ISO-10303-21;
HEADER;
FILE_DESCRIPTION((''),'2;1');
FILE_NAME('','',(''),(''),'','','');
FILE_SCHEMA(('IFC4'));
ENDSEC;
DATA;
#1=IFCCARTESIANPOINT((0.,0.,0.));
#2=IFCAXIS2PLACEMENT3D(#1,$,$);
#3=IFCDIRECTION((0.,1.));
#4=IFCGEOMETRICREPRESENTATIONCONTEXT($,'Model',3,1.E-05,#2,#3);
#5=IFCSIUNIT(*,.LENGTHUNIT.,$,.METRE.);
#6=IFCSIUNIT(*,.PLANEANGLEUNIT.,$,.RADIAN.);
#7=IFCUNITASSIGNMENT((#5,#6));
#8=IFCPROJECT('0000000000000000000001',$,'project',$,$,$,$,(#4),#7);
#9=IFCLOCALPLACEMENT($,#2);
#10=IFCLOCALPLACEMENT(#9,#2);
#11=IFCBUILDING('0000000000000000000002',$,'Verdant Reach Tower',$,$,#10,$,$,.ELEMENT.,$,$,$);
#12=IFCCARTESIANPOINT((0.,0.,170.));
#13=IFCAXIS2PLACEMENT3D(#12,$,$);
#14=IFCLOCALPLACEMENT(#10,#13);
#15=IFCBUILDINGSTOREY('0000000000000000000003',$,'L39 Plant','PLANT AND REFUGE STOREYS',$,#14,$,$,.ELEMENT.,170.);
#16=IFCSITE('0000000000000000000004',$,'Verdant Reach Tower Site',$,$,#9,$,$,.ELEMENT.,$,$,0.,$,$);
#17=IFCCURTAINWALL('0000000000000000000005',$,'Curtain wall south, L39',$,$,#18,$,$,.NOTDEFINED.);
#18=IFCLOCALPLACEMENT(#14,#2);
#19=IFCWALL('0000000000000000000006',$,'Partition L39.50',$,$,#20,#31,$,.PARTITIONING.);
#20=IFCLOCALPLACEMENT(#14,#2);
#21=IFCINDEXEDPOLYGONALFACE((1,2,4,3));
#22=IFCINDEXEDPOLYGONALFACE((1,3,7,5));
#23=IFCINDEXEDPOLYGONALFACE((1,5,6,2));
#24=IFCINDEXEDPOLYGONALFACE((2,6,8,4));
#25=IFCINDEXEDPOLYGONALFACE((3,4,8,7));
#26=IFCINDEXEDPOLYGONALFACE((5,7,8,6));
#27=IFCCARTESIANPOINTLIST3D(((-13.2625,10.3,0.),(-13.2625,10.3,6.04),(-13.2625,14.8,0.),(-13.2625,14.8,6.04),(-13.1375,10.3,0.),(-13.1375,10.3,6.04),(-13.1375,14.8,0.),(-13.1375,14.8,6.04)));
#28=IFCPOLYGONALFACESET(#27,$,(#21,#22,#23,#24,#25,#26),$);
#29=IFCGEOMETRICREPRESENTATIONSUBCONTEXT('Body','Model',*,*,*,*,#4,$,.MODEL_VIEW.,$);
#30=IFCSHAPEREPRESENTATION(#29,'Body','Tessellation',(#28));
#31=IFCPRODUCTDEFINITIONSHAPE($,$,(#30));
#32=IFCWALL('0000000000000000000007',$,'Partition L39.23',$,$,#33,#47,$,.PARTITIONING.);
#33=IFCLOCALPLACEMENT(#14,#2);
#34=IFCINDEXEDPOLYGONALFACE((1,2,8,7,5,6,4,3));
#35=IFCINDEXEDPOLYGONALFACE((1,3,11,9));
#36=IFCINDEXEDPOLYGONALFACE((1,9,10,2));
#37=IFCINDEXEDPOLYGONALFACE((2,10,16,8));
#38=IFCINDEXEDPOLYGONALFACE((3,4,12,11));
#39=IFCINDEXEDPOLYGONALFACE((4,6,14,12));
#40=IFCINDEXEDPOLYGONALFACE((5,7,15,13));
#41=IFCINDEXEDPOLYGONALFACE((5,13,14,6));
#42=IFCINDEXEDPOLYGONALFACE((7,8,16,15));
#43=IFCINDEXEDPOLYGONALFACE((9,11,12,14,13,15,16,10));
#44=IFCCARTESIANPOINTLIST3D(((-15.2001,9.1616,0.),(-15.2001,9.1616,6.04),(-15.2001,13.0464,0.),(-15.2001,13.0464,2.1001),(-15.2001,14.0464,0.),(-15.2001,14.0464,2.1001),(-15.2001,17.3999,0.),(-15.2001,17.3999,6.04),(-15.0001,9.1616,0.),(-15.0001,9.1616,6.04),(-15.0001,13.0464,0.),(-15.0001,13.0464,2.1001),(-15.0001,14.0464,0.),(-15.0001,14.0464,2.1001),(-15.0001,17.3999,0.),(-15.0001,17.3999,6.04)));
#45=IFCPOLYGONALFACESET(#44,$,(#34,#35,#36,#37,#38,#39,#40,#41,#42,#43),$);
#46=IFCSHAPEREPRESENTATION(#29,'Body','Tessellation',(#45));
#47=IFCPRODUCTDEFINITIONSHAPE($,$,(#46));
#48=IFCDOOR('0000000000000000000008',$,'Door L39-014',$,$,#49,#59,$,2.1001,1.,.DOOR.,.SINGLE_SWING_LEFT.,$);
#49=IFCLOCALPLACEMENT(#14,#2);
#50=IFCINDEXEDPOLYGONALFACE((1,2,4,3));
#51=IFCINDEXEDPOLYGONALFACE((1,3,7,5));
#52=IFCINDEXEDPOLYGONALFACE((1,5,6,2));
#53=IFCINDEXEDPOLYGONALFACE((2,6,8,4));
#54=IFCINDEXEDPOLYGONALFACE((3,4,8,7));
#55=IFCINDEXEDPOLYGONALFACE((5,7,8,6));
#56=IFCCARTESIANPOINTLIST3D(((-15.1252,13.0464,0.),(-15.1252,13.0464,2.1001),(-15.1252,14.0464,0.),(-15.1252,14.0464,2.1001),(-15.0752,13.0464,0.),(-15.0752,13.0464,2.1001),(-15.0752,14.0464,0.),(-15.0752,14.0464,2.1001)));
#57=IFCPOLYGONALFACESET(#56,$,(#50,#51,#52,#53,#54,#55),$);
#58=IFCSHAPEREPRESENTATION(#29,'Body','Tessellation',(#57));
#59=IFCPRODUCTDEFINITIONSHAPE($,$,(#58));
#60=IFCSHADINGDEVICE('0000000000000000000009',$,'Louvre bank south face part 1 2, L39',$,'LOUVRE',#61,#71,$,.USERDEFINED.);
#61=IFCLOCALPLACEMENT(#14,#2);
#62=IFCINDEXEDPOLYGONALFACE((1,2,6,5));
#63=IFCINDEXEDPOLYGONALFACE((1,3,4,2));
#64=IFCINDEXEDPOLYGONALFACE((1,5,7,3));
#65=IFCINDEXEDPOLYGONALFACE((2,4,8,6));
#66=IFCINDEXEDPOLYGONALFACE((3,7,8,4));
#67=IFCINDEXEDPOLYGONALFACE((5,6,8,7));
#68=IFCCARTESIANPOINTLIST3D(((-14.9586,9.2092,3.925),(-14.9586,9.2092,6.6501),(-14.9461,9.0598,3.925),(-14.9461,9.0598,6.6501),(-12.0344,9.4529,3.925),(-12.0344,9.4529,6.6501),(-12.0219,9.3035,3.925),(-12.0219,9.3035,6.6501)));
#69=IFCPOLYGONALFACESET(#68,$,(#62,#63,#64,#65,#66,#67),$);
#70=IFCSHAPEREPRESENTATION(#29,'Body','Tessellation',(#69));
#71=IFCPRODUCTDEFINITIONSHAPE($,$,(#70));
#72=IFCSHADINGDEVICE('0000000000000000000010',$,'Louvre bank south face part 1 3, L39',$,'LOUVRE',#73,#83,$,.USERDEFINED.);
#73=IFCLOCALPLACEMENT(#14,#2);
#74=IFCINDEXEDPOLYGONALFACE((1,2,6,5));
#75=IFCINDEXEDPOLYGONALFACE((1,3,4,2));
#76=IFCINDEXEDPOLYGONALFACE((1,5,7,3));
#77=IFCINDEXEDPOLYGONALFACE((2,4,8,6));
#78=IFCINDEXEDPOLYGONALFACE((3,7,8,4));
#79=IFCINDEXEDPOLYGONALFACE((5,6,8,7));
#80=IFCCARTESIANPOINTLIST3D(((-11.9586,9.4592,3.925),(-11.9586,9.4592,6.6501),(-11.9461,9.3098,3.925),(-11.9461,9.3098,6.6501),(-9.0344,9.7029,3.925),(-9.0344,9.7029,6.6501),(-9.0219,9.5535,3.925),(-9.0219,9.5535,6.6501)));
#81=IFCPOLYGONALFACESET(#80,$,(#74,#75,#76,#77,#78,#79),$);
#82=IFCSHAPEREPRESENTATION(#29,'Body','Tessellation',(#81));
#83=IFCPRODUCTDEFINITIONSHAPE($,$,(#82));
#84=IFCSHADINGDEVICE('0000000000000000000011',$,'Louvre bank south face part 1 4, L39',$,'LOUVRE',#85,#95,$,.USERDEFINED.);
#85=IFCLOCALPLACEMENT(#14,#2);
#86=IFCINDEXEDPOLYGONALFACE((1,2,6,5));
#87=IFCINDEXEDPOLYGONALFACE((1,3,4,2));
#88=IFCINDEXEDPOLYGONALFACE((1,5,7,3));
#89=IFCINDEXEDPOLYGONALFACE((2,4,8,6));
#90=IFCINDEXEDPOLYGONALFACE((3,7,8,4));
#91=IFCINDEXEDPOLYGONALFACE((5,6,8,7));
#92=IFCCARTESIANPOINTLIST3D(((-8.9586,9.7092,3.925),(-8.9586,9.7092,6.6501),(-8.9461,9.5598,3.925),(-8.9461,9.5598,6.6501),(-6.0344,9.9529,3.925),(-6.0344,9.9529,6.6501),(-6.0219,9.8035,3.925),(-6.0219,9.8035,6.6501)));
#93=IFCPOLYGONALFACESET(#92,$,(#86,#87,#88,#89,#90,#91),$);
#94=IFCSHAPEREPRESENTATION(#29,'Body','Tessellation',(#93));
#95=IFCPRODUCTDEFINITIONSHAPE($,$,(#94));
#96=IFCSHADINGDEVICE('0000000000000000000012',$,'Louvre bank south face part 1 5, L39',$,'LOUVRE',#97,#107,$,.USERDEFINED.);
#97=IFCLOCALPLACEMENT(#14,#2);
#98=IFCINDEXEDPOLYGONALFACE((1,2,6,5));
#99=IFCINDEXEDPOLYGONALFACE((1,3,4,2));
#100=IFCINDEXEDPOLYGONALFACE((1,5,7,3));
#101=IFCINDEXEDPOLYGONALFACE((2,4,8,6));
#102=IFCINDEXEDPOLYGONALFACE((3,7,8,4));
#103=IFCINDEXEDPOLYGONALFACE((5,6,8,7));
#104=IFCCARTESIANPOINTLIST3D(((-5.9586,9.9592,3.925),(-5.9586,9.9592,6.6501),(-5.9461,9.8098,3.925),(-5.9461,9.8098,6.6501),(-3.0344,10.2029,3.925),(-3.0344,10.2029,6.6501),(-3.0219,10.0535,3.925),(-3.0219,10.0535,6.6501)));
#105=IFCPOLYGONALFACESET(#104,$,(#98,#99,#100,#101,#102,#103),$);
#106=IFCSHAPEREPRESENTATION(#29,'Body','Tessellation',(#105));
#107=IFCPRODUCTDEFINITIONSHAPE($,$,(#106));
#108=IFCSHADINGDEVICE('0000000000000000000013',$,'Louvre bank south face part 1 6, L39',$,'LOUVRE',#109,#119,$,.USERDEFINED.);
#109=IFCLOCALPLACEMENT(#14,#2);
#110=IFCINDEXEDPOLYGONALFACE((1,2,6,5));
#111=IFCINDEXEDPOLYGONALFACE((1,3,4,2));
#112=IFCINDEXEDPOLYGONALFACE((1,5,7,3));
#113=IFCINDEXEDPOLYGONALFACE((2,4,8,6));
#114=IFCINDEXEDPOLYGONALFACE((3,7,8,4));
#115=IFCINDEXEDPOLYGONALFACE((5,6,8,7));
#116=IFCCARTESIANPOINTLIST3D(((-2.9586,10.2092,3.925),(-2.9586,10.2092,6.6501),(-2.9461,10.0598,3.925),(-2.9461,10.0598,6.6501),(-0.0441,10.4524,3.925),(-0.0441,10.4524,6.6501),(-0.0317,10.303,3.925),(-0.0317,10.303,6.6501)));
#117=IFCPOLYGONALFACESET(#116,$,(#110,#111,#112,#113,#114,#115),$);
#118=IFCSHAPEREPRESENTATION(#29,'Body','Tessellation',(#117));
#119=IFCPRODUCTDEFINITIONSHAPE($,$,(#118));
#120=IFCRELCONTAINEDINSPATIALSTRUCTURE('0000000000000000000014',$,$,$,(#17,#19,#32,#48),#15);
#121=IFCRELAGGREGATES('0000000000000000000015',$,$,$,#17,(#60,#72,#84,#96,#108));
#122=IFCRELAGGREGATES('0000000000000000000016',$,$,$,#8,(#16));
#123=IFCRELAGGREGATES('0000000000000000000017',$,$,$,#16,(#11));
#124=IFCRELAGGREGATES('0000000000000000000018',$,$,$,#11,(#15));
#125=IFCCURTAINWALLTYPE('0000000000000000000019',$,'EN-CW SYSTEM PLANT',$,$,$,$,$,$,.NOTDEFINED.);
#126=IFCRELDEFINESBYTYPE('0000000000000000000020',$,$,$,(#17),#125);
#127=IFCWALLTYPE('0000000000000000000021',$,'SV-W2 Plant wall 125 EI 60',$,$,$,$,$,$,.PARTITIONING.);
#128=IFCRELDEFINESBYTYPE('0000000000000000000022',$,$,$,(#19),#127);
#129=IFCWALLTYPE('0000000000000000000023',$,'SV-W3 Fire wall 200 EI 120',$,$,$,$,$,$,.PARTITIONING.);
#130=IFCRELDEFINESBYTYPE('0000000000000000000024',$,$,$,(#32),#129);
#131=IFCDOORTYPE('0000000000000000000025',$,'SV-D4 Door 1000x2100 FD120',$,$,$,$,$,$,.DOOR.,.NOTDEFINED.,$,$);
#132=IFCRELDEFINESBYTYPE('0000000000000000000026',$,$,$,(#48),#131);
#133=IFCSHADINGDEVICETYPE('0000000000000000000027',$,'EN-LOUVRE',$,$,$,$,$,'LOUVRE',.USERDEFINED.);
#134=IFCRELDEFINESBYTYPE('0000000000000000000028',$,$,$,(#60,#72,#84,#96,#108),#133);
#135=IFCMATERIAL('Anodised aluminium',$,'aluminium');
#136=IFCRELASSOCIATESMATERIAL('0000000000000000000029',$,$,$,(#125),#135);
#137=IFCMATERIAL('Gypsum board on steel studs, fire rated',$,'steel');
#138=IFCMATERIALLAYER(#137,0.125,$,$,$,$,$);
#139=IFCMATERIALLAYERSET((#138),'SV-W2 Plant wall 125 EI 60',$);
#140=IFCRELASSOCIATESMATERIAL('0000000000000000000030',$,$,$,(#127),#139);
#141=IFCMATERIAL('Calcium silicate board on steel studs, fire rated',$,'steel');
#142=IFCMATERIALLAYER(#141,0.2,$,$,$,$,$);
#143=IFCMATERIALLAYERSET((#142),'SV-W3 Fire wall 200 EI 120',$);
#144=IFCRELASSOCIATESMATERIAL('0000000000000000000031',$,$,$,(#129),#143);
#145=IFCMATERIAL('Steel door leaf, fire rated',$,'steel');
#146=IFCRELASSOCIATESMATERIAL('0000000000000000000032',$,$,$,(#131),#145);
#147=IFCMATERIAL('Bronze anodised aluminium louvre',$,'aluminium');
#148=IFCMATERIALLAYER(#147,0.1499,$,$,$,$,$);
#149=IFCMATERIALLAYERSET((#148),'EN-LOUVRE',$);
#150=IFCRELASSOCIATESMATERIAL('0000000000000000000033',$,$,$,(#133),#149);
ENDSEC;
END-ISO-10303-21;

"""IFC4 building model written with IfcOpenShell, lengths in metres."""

from ifc_helpers import new_model, si_unit, direction, frame, frame_2d, origin, origin_2d, place, context, subcontext, project, spatial, rectangle, extrude, material, layer, layer_set, type_object, element, fill, aggregate, save


model = new_model("IFC4")

# Units and contexts
model_context = context("Model", 3, precision=1e-05, world=origin(), true_north=direction((0.0, 1.0)))
body_context = subcontext(model_context, "Body", "Model", "MODEL_VIEW")
ifc_project = project(units=[si_unit("LENGTHUNIT", "METRE"), si_unit("PLANEANGLEUNIT", "RADIAN")], contexts=[model_context])

# Site, building, storey
site_placement = place(None, origin())
site = spatial("IfcSite", under=ifc_project, at=site_placement, Name="Verdant Reach Tower Site", CompositionType="ELEMENT", RefElevation=0.0)
building_placement = place(site_placement, origin())
building = spatial("IfcBuilding", under=site, at=building_placement, Name="Verdant Reach Tower", CompositionType="ELEMENT")
storey_placement = place(building_placement, frame((0.0, 0.0, 170.0)))
storey = spatial("IfcBuildingStorey", under=building, at=storey_placement, Name="L39 Plant", Description="PLANT AND REFUGE STOREYS", CompositionType="ELEMENT", Elevation=170.0)

# Curtain wall
ifc_material_1 = material(Name="Anodised aluminium", Category="aluminium")
curtain_wall_type = type_object("IfcCurtainWallType", Name="EN-CW SYSTEM PLANT", PredefinedType="NOTDEFINED", material=ifc_material_1)
curtain_wall_placement = place(storey_placement, origin())
curtain_wall = element("IfcCurtainWall", 1, at=curtain_wall_placement, inside=storey, type_object=curtain_wall_type, Name="Curtain wall south, L39", PredefinedType="NOTDEFINED")

# Wall
ifc_material_2 = material(Name="Gypsum board on steel studs, fire rated", Category="steel")
ifc_layer_1 = layer(ifc_material_2, 0.125)
ifc_layer_set_1 = layer_set([ifc_layer_1], Name="SV-W2 Plant wall 125 EI 60")
wall_type_1 = type_object("IfcWallType", Name="SV-W2 Plant wall 125 EI 60", PredefinedType="PARTITIONING", material=ifc_layer_set_1)
wall_1_placement = place(storey_placement, frame((-13.2, 14.8, 0.0), z_axis=(0.0, 0.0, 1.0), x_axis=(0.0, -1.0, 0.0)))
element("IfcWall", 2, at=wall_1_placement, inside=storey, type_object=wall_type_1, Name="Partition L39.50", PredefinedType="PARTITIONING", context=body_context, shape_type="SweptSolid", body=[
    extrude(rectangle(XDim=4.5, YDim=0.125, at=frame_2d((2.25, 0.0))), origin(), (0.0, 0.0, 1.0), 6.04),
])

# Wall, opening, door
ifc_material_3 = material(Name="Calcium silicate board on steel studs, fire rated", Category="steel")
ifc_layer_2 = layer(ifc_material_3, 0.2)
ifc_layer_set_2 = layer_set([ifc_layer_2], Name="SV-W3 Fire wall 200 EI 120")
wall_type_2 = type_object("IfcWallType", Name="SV-W3 Fire wall 200 EI 120", PredefinedType="PARTITIONING", material=ifc_layer_set_2)
wall_2_placement = place(storey_placement, frame((-15.1001, 17.3999, 0.0), z_axis=(0.0, 0.0, 1.0), x_axis=(0.0, -1.0, 0.0)))
wall_2 = element("IfcWall", 3, at=wall_2_placement, inside=storey, type_object=wall_type_2, Name="Partition L39.23", PredefinedType="PARTITIONING", context=body_context, shape_type="SweptSolid", body=[
    extrude(rectangle(XDim=8.2383, YDim=0.2, at=frame_2d((4.1191, 0.0))), origin(), (0.0, 0.0, 1.0), 6.04),
])
opening_placement = place(wall_2_placement, frame((3.3535, 0.0, 0.0)))
opening = element("IfcOpeningElement", 4, at=opening_placement, cuts=wall_2, PredefinedType="OPENING", context=body_context, shape_type="SweptSolid", body=[
    extrude(rectangle(XDim=1.0, YDim=2.1001, at=frame_2d((0.5, 1.05))), frame((0.0, 0.1099, 0.0), z_axis=(0.0, -1.0, 0.0), x_axis=(1.0, 0.0, 0.0)), (0.0, 0.0, 1.0), 0.22),
])
ifc_material_4 = material(Name="Steel door leaf, fire rated", Category="steel")
door_type = type_object("IfcDoorType", Name="SV-D4 Door 1000x2100 FD120", OperationType="NOTDEFINED", PredefinedType="DOOR", material=ifc_material_4)
door_placement = place(opening_placement, origin())
door = element("IfcDoor", 5, at=door_placement, inside=storey, type_object=door_type, Name="Door L39-014", OperationType="SINGLE_SWING_LEFT", OverallHeight=2.1001, OverallWidth=1.0, PredefinedType="DOOR", context=body_context, shape_type="SweptSolid", body=[
    extrude(rectangle(XDim=1.0, YDim=2.1001, at=frame_2d((0.5, 1.05))), frame((0.0, 0.0249, 0.0), z_axis=(0.0, -1.0, 0.0), x_axis=(1.0, 0.0, 0.0)), (0.0, 0.0, 1.0), 0.05),
])
fill(opening, door)

# Shading devices
ifc_material_5 = material(Name="Bronze anodised aluminium louvre", Category="aluminium")
ifc_layer_3 = layer(ifc_material_5, 0.1499)
ifc_layer_set_3 = layer_set([ifc_layer_3], Name="EN-LOUVRE")
shading_device_type = type_object("IfcShadingDeviceType", Name="EN-LOUVRE", ElementType="LOUVRE", PredefinedType="USERDEFINED", material=ifc_layer_set_3)
shading_device_1_placement = place(storey_placement, frame((-13.4902, 9.2563, 3.925), z_axis=(0.0, 0.0, 1.0), x_axis=(0.996546, 0.083045, 0.0)))
shading_device_1 = element("IfcShadingDevice", 6, at=shading_device_1_placement, type_object=shading_device_type, Name="Louvre bank south face part 1 2, L39", ObjectType="LOUVRE", PredefinedType="USERDEFINED", context=body_context, shape_type="SweptSolid", body=[
    extrude(rectangle(XDim=2.9343, YDim=0.1499, at=origin_2d()), origin(), (0.0, 0.0, 1.0), 2.7251),
])
shading_device_2_placement = place(storey_placement, frame((-10.4902, 9.5063, 3.925), z_axis=(0.0, 0.0, 1.0), x_axis=(0.996546, 0.083045, 0.0)))
shading_device_2 = element("IfcShadingDevice", 7, at=shading_device_2_placement, type_object=shading_device_type, Name="Louvre bank south face part 1 3, L39", ObjectType="LOUVRE", PredefinedType="USERDEFINED", context=body_context, shape_type="SweptSolid", body=[
    extrude(rectangle(XDim=2.9343, YDim=0.1499, at=origin_2d()), origin(), (0.0, 0.0, 1.0), 2.7251),
])
shading_device_3_placement = place(storey_placement, frame((-7.4902, 9.7563, 3.925), z_axis=(0.0, 0.0, 1.0), x_axis=(0.996546, 0.083045, 0.0)))
shading_device_3 = element("IfcShadingDevice", 8, at=shading_device_3_placement, type_object=shading_device_type, Name="Louvre bank south face part 1 4, L39", ObjectType="LOUVRE", PredefinedType="USERDEFINED", context=body_context, shape_type="SweptSolid", body=[
    extrude(rectangle(XDim=2.9343, YDim=0.1499, at=origin_2d()), origin(), (0.0, 0.0, 1.0), 2.7251),
])
shading_device_4_placement = place(storey_placement, frame((-4.4902, 10.0063, 3.925), z_axis=(0.0, 0.0, 1.0), x_axis=(0.996546, 0.083045, 0.0)))
shading_device_4 = element("IfcShadingDevice", 9, at=shading_device_4_placement, type_object=shading_device_type, Name="Louvre bank south face part 1 5, L39", ObjectType="LOUVRE", PredefinedType="USERDEFINED", context=body_context, shape_type="SweptSolid", body=[
    extrude(rectangle(XDim=2.9343, YDim=0.1499, at=origin_2d()), origin(), (0.0, 0.0, 1.0), 2.7251),
])
shading_device_5_placement = place(storey_placement, frame((-1.4951, 10.2561, 3.925), z_axis=(0.0, 0.0, 1.0), x_axis=(0.996534, 0.083182, 0.0)))
shading_device_5 = element("IfcShadingDevice", 10, at=shading_device_5_placement, type_object=shading_device_type, Name="Louvre bank south face part 1 6, L39", ObjectType="LOUVRE", PredefinedType="USERDEFINED", context=body_context, shape_type="SweptSolid", body=[
    extrude(rectangle(XDim=2.9246, YDim=0.1499, at=origin_2d()), origin(), (0.0, 0.0, 1.0), 2.7251),
])
aggregate(curtain_wall, [shading_device_1, shading_device_2, shading_device_3, shading_device_4, shading_device_5])

save(model, "model.ifc")
